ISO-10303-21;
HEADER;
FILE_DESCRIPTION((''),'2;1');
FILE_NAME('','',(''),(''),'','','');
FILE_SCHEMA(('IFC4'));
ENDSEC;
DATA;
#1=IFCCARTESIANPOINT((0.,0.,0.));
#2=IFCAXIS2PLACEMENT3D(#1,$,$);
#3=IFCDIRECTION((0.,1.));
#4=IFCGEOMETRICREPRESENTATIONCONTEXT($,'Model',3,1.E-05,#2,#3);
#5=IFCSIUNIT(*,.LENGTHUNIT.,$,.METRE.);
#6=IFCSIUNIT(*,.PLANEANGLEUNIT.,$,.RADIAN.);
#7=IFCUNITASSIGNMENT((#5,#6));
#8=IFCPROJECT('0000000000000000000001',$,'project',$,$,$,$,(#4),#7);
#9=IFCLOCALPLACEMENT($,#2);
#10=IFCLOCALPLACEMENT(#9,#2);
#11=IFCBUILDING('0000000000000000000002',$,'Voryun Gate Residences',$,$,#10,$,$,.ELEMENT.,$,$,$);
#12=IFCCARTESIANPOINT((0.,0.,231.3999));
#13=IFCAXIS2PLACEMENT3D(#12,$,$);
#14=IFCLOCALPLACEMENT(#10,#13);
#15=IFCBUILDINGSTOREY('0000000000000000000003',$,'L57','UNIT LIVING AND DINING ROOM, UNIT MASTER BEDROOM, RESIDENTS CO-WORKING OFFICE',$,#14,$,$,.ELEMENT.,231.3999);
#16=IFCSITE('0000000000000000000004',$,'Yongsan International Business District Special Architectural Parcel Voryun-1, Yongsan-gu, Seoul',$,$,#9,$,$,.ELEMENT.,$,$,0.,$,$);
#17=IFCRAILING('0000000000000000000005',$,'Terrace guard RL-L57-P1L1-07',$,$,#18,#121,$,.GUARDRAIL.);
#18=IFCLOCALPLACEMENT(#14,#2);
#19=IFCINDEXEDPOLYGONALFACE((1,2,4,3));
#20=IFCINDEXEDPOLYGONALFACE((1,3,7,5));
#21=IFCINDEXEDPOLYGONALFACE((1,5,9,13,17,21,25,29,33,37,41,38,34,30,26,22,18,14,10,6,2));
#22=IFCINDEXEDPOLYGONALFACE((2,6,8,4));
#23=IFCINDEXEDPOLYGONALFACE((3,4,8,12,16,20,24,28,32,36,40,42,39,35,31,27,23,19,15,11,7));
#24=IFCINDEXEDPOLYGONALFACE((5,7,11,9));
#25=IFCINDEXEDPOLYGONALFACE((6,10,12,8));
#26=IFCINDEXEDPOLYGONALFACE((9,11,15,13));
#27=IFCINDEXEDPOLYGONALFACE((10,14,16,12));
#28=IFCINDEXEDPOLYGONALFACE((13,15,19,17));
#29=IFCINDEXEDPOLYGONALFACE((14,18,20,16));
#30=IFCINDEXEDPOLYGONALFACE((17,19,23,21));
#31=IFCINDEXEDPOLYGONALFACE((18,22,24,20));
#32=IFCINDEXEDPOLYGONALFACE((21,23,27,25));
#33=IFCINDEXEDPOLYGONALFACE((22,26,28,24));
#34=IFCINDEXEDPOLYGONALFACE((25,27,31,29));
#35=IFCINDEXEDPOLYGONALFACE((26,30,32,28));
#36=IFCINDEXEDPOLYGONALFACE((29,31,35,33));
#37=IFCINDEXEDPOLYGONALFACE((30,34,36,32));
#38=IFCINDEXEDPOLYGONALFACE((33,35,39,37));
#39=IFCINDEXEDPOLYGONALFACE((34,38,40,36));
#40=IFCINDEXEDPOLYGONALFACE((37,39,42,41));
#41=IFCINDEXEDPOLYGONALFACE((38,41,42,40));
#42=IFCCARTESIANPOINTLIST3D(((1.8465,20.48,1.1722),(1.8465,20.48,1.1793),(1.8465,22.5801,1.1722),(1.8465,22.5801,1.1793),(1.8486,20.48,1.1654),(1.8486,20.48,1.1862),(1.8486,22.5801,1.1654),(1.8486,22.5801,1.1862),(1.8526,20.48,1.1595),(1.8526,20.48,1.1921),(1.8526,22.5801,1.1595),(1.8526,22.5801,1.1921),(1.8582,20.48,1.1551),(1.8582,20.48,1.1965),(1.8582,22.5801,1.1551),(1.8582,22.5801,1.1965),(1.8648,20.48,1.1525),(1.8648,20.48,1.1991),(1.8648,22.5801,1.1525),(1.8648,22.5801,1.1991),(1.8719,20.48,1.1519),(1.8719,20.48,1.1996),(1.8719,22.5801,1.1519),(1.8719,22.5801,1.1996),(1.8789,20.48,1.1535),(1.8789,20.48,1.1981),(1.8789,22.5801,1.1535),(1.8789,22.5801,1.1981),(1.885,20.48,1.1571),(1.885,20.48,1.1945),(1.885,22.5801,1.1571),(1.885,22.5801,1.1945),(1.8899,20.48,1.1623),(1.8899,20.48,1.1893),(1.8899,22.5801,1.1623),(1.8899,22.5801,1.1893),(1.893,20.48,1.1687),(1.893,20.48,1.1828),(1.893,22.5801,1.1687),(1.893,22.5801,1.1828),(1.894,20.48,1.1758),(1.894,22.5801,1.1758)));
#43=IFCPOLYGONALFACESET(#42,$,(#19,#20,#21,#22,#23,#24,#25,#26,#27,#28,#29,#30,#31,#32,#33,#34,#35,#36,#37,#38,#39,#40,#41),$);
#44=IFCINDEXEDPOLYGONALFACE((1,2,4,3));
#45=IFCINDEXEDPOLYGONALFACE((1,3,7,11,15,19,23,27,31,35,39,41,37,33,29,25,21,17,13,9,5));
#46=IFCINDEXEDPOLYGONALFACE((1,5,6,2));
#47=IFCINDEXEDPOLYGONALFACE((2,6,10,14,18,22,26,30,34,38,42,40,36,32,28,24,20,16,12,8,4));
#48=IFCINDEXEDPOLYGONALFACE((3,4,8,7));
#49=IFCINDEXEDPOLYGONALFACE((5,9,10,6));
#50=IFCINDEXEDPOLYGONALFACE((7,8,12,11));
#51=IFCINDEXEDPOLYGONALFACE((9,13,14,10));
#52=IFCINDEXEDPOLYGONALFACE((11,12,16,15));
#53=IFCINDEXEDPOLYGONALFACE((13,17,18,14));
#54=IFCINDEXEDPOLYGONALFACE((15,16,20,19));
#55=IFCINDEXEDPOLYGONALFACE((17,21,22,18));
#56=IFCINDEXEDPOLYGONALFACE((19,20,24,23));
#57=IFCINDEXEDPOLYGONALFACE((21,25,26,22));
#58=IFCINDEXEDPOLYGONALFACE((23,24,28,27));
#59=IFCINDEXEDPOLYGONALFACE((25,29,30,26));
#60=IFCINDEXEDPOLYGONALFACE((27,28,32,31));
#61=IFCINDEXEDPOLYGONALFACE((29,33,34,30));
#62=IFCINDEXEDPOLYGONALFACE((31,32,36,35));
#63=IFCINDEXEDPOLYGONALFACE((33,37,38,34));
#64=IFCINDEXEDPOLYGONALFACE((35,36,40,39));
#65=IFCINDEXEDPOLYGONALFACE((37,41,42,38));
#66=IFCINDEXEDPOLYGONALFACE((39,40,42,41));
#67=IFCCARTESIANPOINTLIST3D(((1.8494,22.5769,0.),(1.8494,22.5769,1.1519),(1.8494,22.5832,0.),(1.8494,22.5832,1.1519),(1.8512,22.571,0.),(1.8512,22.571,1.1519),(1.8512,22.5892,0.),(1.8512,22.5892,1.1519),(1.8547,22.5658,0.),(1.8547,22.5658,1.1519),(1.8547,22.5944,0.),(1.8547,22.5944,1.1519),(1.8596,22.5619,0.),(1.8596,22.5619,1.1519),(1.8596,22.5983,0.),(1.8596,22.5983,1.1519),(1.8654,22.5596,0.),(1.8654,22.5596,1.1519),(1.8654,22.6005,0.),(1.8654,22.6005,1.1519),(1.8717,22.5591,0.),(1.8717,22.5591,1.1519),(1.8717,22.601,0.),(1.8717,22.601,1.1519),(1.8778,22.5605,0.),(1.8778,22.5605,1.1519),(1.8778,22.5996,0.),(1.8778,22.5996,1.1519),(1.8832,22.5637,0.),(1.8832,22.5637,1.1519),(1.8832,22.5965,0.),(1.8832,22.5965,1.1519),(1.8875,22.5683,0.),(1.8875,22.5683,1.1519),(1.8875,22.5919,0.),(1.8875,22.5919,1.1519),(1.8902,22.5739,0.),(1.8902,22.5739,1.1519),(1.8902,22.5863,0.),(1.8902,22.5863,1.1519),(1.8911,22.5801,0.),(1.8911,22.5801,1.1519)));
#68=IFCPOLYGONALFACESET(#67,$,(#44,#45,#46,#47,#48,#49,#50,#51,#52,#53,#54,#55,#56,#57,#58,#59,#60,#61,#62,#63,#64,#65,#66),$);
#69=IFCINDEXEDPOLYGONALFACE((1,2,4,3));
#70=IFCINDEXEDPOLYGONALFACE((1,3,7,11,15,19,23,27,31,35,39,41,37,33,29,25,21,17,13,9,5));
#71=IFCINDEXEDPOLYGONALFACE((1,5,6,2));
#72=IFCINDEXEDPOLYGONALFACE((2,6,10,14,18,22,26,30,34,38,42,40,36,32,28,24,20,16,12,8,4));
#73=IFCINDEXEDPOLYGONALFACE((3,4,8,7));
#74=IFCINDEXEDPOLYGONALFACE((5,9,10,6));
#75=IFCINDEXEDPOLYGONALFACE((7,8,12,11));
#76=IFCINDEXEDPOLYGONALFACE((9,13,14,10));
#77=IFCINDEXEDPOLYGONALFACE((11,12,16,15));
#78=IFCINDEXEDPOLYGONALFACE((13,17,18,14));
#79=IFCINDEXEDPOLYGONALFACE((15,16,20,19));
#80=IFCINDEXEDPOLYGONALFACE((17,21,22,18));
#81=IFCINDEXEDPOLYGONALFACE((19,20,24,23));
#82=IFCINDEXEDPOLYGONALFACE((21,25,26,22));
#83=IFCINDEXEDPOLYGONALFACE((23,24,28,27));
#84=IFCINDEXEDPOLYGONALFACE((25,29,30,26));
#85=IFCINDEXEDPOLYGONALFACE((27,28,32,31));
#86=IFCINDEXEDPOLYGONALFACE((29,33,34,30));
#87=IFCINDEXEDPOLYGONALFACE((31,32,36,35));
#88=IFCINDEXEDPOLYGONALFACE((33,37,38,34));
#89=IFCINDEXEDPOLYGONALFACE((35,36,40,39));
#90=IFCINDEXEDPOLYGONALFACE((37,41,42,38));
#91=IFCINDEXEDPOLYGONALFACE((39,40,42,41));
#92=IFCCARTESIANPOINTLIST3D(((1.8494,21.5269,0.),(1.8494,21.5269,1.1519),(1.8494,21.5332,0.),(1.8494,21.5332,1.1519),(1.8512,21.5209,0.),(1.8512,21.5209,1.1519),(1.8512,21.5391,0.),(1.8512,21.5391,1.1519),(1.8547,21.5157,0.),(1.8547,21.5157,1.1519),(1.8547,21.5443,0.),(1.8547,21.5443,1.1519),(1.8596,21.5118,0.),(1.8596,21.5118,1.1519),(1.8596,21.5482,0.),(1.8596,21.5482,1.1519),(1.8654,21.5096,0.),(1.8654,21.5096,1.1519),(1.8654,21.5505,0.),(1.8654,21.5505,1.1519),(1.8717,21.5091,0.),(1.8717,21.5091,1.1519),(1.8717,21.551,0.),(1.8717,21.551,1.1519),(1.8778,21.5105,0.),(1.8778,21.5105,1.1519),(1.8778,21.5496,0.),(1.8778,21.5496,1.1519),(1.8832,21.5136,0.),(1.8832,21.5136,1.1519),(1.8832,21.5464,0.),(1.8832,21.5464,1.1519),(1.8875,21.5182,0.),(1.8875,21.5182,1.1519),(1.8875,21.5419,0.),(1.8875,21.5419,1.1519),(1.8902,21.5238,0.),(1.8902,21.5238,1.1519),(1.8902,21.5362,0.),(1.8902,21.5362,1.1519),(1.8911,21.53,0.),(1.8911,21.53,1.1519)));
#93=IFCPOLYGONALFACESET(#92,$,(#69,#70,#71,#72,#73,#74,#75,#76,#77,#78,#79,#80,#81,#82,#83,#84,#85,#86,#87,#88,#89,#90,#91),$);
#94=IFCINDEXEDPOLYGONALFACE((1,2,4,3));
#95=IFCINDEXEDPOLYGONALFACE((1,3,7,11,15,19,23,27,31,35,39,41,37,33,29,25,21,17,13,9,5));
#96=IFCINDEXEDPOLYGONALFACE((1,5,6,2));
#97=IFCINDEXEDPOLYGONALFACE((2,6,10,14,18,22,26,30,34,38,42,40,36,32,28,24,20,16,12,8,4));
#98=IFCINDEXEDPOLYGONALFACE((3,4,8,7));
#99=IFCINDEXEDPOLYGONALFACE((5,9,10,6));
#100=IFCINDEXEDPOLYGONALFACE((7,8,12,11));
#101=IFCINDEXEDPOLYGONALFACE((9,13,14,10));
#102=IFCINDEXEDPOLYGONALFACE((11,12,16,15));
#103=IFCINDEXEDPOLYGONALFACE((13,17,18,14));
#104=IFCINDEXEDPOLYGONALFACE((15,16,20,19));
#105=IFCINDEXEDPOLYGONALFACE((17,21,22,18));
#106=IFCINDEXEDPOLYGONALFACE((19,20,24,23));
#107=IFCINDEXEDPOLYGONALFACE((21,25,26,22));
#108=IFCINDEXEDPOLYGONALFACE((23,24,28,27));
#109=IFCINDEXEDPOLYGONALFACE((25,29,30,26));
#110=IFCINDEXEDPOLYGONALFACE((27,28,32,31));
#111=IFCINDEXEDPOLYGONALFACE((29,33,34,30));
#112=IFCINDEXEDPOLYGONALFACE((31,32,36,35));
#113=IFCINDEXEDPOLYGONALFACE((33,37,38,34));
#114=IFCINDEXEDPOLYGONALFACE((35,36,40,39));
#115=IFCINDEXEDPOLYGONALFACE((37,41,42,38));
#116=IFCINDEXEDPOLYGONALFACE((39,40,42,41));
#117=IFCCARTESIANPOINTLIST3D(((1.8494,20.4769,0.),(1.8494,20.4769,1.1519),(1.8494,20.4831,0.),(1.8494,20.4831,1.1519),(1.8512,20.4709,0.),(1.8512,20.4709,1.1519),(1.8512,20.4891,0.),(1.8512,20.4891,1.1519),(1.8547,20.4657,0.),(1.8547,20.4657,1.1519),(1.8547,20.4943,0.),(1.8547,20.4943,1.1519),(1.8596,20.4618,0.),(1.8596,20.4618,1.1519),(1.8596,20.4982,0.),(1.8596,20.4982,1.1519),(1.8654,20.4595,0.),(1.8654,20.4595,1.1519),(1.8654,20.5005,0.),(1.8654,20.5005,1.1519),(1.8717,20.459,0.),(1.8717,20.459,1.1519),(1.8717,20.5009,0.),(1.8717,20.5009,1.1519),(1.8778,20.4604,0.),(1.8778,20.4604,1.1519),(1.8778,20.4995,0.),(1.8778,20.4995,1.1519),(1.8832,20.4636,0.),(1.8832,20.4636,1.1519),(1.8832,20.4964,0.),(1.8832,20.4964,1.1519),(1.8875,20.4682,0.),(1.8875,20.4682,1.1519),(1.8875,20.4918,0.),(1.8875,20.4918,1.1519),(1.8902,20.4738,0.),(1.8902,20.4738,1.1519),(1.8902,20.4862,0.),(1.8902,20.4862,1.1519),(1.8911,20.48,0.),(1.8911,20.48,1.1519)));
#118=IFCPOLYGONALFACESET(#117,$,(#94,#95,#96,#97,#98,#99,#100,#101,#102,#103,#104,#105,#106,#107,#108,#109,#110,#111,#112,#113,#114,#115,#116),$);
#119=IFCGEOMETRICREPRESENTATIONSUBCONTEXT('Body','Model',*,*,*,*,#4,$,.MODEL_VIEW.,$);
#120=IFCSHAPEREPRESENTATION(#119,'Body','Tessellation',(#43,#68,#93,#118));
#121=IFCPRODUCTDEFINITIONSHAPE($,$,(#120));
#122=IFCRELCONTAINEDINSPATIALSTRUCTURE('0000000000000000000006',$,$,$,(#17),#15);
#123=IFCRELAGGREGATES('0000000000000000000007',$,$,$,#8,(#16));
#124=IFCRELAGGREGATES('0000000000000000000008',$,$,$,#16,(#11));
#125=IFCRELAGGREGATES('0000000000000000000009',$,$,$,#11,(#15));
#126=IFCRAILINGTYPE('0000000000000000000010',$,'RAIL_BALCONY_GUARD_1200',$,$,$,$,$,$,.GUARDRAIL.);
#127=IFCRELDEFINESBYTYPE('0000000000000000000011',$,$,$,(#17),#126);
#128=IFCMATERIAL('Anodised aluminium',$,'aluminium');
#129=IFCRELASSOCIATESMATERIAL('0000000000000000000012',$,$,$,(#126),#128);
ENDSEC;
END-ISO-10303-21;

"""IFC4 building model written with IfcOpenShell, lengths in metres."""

from ifc_helpers import new_model, si_unit, direction, frame, origin, origin_2d, place, context, subcontext, project, spatial, circle, extrude, material, type_object, element, save


model = new_model("IFC4")

# Units and contexts
model_context = context("Model", 3, precision=1e-05, world=origin(), true_north=direction((0.0, 1.0)))
body_context = subcontext(model_context, "Body", "Model", "MODEL_VIEW")
ifc_project = project(units=[si_unit("LENGTHUNIT", "METRE"), si_unit("PLANEANGLEUNIT", "RADIAN")], contexts=[model_context])

# Site, building, storey
site_placement = place(None, origin())
site = spatial("IfcSite", under=ifc_project, at=site_placement, Name="Yongsan International Business District Special Architectural Parcel Voryun-1, Yongsan-gu, Seoul", CompositionType="ELEMENT", RefElevation=0.0)
building_placement = place(site_placement, origin())
building = spatial("IfcBuilding", under=site, at=building_placement, Name="Voryun Gate Residences", CompositionType="ELEMENT")
storey_placement = place(building_placement, frame((0.0, 0.0, 231.3999)))
storey = spatial("IfcBuildingStorey", under=building, at=storey_placement, Name="L57", Description="UNIT LIVING AND DINING ROOM, UNIT MASTER BEDROOM, RESIDENTS CO-WORKING OFFICE", CompositionType="ELEMENT", Elevation=231.3999)

# Railing
ifc_material_1 = material(Name="Anodised aluminium", Category="aluminium")
railing_type = type_object("IfcRailingType", Name="RAIL_BALCONY_GUARD_1200", PredefinedType="GUARDRAIL", material=ifc_material_1)
railing_1_placement = place(storey_placement, frame((1.8701, 22.5801, 0.0)))
element("IfcRailing", 1, at=railing_1_placement, inside=storey, type_object=railing_type, Name="Terrace guard RL-L57-P1L1-07", PredefinedType="GUARDRAIL", context=body_context, shape_type="SweptSolid", body=[
    extrude(circle(Radius=0.0239, at=origin_2d()), frame((0.0, 0.0, 1.1758), z_axis=(0.0, -1.0, 0.0), x_axis=(1.0, 0.0, 0.0)), (0.0, 0.0, 1.0), 2.1001),
    extrude(circle(Radius=0.021, at=origin_2d()), origin(), (0.0, 0.0, 1.0), 1.1519),
    extrude(circle(Radius=0.021, at=origin_2d()), frame((0.0, -1.05, 0.0)), (0.0, 0.0, 1.0), 1.1519),
    extrude(circle(Radius=0.021, at=origin_2d()), frame((0.0, -2.1001, 0.0)), (0.0, 0.0, 1.0), 1.1519),
])

save(model, "model.ifc")
